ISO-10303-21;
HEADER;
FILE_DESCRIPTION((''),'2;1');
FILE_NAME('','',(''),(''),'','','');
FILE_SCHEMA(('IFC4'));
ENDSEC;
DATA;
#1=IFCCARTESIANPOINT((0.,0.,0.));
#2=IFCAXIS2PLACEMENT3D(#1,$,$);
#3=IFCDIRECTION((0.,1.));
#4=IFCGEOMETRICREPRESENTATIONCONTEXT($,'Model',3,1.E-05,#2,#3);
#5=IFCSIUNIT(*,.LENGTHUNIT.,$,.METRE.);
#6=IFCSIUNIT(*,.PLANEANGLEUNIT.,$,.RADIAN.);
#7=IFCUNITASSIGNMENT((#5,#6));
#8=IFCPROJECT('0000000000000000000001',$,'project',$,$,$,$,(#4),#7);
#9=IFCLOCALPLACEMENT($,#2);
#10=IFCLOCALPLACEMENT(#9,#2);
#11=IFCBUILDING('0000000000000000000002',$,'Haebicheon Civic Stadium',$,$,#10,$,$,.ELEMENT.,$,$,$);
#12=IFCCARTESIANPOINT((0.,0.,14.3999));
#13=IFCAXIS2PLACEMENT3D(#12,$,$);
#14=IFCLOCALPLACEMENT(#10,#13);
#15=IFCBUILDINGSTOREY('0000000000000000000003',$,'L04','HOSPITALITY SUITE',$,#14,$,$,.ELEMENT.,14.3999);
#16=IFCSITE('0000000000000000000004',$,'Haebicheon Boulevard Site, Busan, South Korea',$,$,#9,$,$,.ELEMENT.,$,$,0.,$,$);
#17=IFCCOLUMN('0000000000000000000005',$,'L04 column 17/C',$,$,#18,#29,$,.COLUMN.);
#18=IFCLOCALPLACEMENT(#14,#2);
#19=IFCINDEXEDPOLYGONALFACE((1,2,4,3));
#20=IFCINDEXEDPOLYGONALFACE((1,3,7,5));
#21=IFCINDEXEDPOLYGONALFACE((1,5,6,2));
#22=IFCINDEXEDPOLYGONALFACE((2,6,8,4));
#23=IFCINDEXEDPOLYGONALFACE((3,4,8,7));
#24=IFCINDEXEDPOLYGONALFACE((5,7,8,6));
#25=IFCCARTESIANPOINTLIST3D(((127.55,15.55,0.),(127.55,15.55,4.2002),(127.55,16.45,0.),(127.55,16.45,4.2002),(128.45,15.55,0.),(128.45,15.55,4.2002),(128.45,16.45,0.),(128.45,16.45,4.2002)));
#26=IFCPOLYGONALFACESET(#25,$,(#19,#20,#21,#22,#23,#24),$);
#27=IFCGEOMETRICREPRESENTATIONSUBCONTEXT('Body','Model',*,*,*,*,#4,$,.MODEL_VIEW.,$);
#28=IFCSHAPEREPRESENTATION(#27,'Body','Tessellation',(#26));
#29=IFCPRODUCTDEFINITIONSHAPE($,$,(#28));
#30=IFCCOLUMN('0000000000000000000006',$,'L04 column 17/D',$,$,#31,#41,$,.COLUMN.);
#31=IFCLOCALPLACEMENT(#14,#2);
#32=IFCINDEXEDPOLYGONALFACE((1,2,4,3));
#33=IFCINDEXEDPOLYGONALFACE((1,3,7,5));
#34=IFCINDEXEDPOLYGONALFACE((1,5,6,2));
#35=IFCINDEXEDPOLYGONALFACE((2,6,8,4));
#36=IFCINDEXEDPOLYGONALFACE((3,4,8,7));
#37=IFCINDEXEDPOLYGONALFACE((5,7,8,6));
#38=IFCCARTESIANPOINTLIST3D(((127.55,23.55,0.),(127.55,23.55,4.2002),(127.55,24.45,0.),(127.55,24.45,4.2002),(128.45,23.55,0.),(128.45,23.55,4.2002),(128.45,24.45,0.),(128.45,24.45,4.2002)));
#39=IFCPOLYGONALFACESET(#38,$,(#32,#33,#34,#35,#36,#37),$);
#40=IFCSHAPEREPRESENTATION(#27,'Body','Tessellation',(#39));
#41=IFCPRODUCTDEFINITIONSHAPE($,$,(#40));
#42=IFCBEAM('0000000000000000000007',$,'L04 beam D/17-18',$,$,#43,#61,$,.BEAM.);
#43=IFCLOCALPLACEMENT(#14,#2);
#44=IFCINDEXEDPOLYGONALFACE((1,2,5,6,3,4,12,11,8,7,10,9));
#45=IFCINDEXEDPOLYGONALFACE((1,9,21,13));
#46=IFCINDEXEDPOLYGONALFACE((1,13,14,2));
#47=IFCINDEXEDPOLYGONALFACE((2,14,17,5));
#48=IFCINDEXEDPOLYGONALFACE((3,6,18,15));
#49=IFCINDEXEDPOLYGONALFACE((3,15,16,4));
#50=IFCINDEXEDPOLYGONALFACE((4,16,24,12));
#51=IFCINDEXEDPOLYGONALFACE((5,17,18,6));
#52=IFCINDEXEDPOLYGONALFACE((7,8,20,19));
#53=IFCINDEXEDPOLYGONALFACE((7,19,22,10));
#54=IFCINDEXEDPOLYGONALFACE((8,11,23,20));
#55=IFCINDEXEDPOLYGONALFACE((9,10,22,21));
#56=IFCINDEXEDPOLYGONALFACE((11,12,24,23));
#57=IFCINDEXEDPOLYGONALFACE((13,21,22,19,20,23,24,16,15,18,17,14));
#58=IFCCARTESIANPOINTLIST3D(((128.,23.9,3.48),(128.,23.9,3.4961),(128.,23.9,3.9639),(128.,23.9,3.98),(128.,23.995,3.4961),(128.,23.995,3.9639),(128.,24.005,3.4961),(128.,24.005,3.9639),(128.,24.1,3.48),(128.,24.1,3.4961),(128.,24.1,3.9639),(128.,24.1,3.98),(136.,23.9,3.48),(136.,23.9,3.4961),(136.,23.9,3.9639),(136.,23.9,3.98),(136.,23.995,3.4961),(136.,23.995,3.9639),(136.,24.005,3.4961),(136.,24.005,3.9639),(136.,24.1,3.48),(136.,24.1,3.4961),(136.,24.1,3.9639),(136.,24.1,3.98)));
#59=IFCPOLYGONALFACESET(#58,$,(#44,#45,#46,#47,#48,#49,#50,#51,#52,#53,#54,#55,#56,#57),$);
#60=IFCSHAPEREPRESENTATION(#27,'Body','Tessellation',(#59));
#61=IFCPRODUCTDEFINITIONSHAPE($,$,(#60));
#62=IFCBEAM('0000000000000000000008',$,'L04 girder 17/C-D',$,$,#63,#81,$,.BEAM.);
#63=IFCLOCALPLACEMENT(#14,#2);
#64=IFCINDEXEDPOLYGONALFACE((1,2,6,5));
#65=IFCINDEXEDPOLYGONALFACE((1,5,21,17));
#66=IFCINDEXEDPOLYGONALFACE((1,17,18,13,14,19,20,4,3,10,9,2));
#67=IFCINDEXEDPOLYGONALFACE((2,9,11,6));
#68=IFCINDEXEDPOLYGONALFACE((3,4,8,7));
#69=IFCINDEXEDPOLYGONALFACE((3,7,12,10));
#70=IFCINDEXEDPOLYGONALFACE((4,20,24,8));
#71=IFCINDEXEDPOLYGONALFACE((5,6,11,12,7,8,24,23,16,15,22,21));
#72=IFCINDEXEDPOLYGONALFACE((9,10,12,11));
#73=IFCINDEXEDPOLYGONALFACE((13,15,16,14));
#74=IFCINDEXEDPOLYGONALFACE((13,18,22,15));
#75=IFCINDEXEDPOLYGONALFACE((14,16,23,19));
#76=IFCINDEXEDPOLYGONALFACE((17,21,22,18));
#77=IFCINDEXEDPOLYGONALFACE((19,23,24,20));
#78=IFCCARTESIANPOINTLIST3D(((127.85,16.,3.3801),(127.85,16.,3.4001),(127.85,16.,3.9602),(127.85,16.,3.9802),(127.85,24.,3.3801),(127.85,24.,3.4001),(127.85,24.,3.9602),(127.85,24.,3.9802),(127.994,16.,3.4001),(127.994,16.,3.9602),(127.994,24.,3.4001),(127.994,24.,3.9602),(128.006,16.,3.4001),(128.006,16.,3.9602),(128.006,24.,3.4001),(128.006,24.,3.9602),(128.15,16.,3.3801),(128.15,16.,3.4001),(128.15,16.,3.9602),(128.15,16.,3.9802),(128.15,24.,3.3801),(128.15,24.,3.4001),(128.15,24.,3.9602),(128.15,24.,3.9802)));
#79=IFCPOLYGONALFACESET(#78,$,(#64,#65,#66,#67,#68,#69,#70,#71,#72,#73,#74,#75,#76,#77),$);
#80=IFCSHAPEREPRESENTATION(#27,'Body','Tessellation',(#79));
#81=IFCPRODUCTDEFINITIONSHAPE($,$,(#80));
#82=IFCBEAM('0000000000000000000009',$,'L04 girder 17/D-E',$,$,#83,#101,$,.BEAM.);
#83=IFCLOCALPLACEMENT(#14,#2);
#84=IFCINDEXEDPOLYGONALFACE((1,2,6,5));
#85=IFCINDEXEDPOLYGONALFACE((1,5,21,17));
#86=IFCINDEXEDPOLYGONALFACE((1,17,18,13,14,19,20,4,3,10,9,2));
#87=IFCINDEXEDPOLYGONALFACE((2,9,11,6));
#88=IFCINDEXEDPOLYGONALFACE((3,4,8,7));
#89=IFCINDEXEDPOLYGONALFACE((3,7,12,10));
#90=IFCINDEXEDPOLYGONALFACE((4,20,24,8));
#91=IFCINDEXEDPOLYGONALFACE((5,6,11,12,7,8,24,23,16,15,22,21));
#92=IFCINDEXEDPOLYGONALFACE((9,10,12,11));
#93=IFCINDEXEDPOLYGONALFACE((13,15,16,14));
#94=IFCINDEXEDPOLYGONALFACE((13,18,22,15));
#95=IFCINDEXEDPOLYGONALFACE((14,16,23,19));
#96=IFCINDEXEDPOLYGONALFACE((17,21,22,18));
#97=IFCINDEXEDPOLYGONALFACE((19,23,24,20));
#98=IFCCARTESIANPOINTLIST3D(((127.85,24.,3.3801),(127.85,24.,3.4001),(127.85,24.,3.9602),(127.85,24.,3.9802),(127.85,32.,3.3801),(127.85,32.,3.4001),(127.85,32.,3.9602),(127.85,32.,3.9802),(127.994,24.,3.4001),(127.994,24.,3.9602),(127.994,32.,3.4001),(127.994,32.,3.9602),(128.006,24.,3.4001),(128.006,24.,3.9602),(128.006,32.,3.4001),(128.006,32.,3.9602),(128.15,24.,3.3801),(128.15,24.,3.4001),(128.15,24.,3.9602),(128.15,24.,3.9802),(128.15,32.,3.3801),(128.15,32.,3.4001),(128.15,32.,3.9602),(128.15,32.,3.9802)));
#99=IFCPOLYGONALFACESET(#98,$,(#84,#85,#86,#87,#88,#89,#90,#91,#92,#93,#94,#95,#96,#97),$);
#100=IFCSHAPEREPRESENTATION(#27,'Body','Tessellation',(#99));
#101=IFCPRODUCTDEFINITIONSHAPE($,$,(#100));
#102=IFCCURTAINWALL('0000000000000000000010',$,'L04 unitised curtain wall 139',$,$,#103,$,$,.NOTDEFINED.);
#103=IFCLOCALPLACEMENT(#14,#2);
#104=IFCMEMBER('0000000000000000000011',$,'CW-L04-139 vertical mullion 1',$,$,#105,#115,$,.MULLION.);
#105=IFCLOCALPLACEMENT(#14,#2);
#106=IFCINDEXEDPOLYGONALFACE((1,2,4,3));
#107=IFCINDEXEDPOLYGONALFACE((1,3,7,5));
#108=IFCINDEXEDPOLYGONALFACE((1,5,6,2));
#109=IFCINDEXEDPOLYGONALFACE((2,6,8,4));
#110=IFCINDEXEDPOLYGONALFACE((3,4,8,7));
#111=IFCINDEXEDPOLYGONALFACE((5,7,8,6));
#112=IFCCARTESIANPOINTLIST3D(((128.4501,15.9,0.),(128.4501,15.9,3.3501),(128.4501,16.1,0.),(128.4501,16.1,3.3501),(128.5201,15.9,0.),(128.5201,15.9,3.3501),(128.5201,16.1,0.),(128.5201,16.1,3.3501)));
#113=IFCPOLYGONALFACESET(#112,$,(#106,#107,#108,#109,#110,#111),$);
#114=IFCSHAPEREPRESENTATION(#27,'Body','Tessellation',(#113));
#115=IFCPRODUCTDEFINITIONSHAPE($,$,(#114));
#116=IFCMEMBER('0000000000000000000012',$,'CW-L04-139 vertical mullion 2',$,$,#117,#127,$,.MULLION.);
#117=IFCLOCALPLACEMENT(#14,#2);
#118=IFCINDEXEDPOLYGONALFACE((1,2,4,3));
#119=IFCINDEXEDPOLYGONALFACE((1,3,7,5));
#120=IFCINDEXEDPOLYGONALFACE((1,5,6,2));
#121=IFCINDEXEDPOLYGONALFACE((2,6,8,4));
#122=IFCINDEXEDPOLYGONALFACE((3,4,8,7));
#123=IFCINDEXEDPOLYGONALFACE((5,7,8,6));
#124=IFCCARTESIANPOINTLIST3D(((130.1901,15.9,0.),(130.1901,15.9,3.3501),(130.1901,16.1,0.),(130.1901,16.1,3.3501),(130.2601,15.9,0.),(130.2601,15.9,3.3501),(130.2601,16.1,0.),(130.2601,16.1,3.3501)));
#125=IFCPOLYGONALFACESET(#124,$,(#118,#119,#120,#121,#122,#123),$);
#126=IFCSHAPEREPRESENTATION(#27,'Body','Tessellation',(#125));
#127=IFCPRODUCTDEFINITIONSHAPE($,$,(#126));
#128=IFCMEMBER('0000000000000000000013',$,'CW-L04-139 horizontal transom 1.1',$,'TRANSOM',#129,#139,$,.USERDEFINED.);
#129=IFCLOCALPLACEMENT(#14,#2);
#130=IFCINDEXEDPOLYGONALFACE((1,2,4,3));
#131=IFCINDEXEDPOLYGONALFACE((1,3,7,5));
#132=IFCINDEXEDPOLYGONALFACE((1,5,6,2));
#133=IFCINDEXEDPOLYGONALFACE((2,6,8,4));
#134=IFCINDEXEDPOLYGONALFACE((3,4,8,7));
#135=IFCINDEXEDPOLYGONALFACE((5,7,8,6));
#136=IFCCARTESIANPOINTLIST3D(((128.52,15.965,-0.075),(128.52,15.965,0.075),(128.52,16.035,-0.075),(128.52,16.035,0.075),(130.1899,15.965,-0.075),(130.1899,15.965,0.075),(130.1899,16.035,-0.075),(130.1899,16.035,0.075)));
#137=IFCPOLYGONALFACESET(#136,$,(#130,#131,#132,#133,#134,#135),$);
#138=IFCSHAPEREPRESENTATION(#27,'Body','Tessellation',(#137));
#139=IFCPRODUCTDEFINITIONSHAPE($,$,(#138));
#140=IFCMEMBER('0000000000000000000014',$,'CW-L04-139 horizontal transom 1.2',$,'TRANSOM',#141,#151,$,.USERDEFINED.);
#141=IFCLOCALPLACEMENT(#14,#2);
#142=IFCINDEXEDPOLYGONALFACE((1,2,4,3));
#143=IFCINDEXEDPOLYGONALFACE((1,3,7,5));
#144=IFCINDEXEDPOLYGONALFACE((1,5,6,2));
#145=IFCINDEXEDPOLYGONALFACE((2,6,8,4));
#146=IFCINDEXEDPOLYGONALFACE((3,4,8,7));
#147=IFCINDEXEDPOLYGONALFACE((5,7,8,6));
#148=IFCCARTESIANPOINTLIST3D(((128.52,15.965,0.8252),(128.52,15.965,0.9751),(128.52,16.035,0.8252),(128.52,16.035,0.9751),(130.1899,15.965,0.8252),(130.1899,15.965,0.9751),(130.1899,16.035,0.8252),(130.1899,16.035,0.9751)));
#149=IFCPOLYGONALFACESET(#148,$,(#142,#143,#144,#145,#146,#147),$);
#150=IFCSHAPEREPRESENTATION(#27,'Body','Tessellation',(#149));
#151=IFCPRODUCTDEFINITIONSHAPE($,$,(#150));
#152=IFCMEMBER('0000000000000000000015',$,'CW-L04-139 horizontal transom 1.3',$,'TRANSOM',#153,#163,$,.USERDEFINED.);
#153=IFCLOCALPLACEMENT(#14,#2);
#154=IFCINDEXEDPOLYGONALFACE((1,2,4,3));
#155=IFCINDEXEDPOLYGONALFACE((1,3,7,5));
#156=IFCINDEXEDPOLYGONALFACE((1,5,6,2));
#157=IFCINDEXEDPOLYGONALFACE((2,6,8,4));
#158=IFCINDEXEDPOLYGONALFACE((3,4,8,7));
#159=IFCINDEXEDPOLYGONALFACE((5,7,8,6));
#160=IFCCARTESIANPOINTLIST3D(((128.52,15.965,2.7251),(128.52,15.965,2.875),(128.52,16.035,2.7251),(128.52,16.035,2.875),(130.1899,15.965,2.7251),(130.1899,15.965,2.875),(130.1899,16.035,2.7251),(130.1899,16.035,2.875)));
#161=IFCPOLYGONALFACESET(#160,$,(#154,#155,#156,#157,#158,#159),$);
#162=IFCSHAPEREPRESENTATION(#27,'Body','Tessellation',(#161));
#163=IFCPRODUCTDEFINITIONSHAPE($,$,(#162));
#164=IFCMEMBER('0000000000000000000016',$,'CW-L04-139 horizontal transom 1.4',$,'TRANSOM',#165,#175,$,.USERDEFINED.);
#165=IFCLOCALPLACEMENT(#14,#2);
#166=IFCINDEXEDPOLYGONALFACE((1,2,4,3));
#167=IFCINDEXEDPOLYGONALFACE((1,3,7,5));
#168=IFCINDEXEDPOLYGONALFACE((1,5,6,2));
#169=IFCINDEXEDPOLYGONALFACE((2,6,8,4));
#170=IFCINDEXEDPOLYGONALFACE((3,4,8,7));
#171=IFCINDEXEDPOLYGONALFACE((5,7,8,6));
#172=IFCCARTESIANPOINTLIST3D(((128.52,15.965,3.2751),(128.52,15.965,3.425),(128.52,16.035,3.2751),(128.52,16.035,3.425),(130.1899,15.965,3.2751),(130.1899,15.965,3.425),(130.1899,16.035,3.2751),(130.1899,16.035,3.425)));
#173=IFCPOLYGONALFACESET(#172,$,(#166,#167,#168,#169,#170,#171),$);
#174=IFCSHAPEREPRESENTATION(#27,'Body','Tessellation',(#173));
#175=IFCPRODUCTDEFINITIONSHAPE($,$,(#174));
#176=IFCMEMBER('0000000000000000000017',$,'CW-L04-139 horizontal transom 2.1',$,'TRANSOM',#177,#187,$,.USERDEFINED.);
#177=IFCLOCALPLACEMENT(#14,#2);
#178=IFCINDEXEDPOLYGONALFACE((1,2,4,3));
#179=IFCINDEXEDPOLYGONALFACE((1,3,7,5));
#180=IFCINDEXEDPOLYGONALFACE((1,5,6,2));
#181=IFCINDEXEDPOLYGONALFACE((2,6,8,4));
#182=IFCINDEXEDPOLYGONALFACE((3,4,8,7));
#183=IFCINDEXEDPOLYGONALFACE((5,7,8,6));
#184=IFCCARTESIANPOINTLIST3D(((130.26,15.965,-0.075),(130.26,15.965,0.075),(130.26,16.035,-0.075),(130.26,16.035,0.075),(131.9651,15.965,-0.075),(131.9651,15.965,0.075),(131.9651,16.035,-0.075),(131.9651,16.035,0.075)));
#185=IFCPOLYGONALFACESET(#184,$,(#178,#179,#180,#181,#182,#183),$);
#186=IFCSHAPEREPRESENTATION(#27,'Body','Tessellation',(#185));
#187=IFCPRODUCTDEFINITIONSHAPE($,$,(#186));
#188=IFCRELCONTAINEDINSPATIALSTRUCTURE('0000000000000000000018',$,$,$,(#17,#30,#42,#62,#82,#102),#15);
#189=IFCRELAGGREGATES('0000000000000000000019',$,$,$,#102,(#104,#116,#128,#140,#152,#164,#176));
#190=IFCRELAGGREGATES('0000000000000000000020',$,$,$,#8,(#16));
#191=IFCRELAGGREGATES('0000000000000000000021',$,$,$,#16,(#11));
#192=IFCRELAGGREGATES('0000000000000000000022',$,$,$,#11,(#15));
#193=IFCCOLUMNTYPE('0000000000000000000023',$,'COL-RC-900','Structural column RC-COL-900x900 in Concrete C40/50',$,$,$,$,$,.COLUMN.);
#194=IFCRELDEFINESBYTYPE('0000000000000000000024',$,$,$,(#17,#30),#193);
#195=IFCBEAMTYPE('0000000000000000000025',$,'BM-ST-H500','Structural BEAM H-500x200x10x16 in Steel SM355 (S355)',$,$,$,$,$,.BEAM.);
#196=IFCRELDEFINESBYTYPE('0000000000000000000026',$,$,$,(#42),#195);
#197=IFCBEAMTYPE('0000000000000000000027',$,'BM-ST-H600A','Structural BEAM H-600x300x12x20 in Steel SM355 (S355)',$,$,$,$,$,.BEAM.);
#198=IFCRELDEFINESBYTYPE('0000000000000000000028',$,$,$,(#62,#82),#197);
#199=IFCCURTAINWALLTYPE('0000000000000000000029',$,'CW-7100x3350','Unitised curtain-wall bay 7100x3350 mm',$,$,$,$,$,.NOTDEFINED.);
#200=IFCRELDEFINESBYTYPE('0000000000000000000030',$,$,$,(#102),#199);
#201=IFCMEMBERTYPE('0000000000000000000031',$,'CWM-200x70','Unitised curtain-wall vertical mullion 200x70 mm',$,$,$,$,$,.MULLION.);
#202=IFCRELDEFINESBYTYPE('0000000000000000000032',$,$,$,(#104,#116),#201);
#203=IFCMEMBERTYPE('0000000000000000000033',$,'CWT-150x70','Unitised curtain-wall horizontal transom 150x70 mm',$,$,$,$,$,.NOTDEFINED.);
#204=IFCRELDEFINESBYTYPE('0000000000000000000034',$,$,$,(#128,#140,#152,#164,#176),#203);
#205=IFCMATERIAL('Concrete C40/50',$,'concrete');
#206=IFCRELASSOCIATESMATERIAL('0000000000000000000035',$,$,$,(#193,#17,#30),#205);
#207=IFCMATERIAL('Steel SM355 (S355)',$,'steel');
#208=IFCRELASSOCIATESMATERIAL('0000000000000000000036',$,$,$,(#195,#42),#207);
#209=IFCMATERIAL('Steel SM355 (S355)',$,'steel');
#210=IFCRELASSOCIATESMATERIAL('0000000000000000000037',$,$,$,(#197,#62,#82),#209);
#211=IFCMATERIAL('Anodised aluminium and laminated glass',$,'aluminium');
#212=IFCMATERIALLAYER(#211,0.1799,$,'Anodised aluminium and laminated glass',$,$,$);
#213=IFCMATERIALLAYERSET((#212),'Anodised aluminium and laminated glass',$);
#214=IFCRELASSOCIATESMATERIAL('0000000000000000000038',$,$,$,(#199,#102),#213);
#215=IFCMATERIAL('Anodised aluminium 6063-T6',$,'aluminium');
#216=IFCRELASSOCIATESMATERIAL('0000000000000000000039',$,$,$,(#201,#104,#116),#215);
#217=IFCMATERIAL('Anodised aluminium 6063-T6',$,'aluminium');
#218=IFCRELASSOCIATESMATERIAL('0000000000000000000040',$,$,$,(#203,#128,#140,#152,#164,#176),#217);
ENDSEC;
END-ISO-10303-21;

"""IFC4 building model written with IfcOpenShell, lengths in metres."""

from ifc_helpers import new_model, si_unit, direction, frame, origin, origin_2d, place, context, subcontext, project, spatial, rectangle, i_section, extrude, material, layer, layer_set, material_profile, profile_set, type_object, element, aggregate, save


model = new_model("IFC4")

# Units and contexts
model_context = context("Model", 3, precision=1e-05, world=origin(), true_north=direction((0.0, 1.0)))
body_context = subcontext(model_context, "Body", "Model", "MODEL_VIEW")
ifc_project = project(units=[si_unit("LENGTHUNIT", "METRE"), si_unit("PLANEANGLEUNIT", "RADIAN")], contexts=[model_context])

# Site, building, storey
site_placement = place(None, origin())
site = spatial("IfcSite", under=ifc_project, at=site_placement, Name="Haebicheon Boulevard Site, Busan, South Korea", CompositionType="ELEMENT", RefElevation=0.0)
building_placement = place(site_placement, origin())
building = spatial("IfcBuilding", under=site, at=building_placement, Name="Haebicheon Civic Stadium", CompositionType="ELEMENT")
storey_placement = place(building_placement, frame((0.0, 0.0, 14.3999)))
storey = spatial("IfcBuildingStorey", under=building, at=storey_placement, Name="L04", Description="HOSPITALITY SUITE", CompositionType="ELEMENT", Elevation=14.3999)

# Columns
ifc_material_1 = material(Name="Concrete C40/50", Category="concrete")
ifc_material_profile_1 = material_profile(ifc_material_1, rectangle(XDim=0.8999, YDim=0.8999, at=origin_2d()), Name="RC-COL-900x900")
ifc_profile_set_1 = profile_set([ifc_material_profile_1], Name="Concrete C40/50")
column_type = type_object("IfcColumnType", Name="COL-RC-900", Description="Structural column RC-COL-900x900 in Concrete C40/50", PredefinedType="COLUMN", material=ifc_profile_set_1)
for number, where, z_axis, x_axis, name in (
    (1, (128.0, 16.0, 0.0), (0.0, 0.0, 1.0), (1.0, 0.0, 0.0), "L04 column 17/C"),
    (2, (128.0, 24.0, 0.0), (0.0, 0.0, 1.0), (1.0, 0.0, 0.0), "L04 column 17/D"),
):
    element("IfcColumn", number, at=place(storey_placement, frame(where, z_axis=z_axis, x_axis=x_axis)), inside=storey, type_object=column_type, material=ifc_profile_set_1, Name=name, PredefinedType="COLUMN", context=body_context, shape_type="SweptSolid", body=[
        extrude(rectangle(XDim=0.8999, YDim=0.8999, at=origin_2d()), origin(), (0.0, 0.0, 1.0), 4.2002),
    ])

# Beams
ifc_material_2 = material(Name="Steel SM355 (S355)", Category="steel")
ifc_material_profile_2 = material_profile(ifc_material_2, i_section(OverallWidth=0.2, OverallDepth=0.5, WebThickness=0.01, FlangeThickness=0.0161, at=origin_2d()), Name="H-500x200x10x16")
ifc_profile_set_2 = profile_set([ifc_material_profile_2], Name="Steel SM355 (S355)")
beam_type_1 = type_object("IfcBeamType", Name="BM-ST-H500", Description="Structural BEAM H-500x200x10x16 in Steel SM355 (S355)", PredefinedType="BEAM", material=ifc_profile_set_2)
beam_1_placement = place(storey_placement, frame((128.0, 24.0, 3.73), z_axis=(1.0, 0.0, 0.0), x_axis=(0.0, 1.0, 0.0)))
element("IfcBeam", 3, at=beam_1_placement, inside=storey, type_object=beam_type_1, material=ifc_profile_set_2, Name="L04 beam D/17-18", PredefinedType="BEAM", context=body_context, shape_type="SweptSolid", body=[
    extrude(i_section(OverallWidth=0.2, OverallDepth=0.5, WebThickness=0.01, FlangeThickness=0.0161, at=origin_2d()), origin(), (0.0, 0.0, 1.0), 8.0),
])
ifc_material_3 = material(Name="Steel SM355 (S355)", Category="steel")
ifc_material_profile_3 = material_profile(ifc_material_3, i_section(OverallWidth=0.3, OverallDepth=0.6001, WebThickness=0.012, FlangeThickness=0.02, at=origin_2d()), Name="H-600x300x12x20")
ifc_profile_set_3 = profile_set([ifc_material_profile_3], Name="Steel SM355 (S355)")
beam_type_2 = type_object("IfcBeamType", Name="BM-ST-H600A", Description="Structural BEAM H-600x300x12x20 in Steel SM355 (S355)", PredefinedType="BEAM", material=ifc_profile_set_3)
for number, where, z_axis, x_axis, name in (
    (4, (128.0, 16.0, 3.6802), (0.0, 1.0, 0.0), (-1.0, 0.0, 0.0), "L04 girder 17/C-D"),
    (5, (128.0, 24.0, 3.6802), (0.0, 1.0, 0.0), (-1.0, 0.0, 0.0), "L04 girder 17/D-E"),
):
    element("IfcBeam", number, at=place(storey_placement, frame(where, z_axis=z_axis, x_axis=x_axis)), inside=storey, type_object=beam_type_2, material=ifc_profile_set_3, Name=name, PredefinedType="BEAM", context=body_context, shape_type="SweptSolid", body=[
        extrude(i_section(OverallWidth=0.3, OverallDepth=0.6001, WebThickness=0.012, FlangeThickness=0.02, at=origin_2d()), origin(), (0.0, 0.0, 1.0), 8.0),
    ])

# Curtain wall, members
ifc_material_4 = material(Name="Anodised aluminium and laminated glass", Category="aluminium")
ifc_layer_1 = layer(ifc_material_4, 0.1799, Name="Anodised aluminium and laminated glass")
ifc_layer_set_1 = layer_set([ifc_layer_1], Name="Anodised aluminium and laminated glass")
curtain_wall_type = type_object("IfcCurtainWallType", Name="CW-7100x3350", Description="Unitised curtain-wall bay 7100x3350 mm", PredefinedType="NOTDEFINED", material=ifc_layer_set_1)
curtain_wall_placement = place(storey_placement, origin())
curtain_wall = element("IfcCurtainWall", 6, at=curtain_wall_placement, inside=storey, type_object=curtain_wall_type, material=ifc_layer_set_1, Name="L04 unitised curtain wall 139", PredefinedType="NOTDEFINED")
ifc_material_5 = material(Name="Anodised aluminium 6063-T6", Category="aluminium")
ifc_material_profile_4 = material_profile(ifc_material_5, rectangle(XDim=0.0701, YDim=0.2, at=origin_2d()), Name="ALU-MULL-70x200")
ifc_profile_set_4 = profile_set([ifc_material_profile_4], Name="Anodised aluminium 6063-T6")
member_type_1 = type_object("IfcMemberType", Name="CWM-200x70", Description="Unitised curtain-wall vertical mullion 200x70 mm", PredefinedType="MULLION", material=ifc_profile_set_4)
member_1_placement = place(storey_placement, frame((128.4851, 16.0, 0.0), z_axis=(0.0, 0.0, 1.0), x_axis=(1.0, 0.0, 0.0)))
member_1 = element("IfcMember", 7, at=member_1_placement, type_object=member_type_1, material=ifc_profile_set_4, Name="CW-L04-139 vertical mullion 1", PredefinedType="MULLION", context=body_context, shape_type="SweptSolid", body=[
    extrude(rectangle(XDim=0.0701, YDim=0.2, at=origin_2d()), origin(), (0.0, 0.0, 1.0), 3.3501),
])
member_2_placement = place(storey_placement, frame((130.2251, 16.0, 0.0), z_axis=(0.0, 0.0, 1.0), x_axis=(1.0, 0.0, 0.0)))
member_2 = element("IfcMember", 8, at=member_2_placement, type_object=member_type_1, material=ifc_profile_set_4, Name="CW-L04-139 vertical mullion 2", PredefinedType="MULLION", context=body_context, shape_type="SweptSolid", body=[
    extrude(rectangle(XDim=0.0701, YDim=0.2, at=origin_2d()), origin(), (0.0, 0.0, 1.0), 3.3501),
])
ifc_material_6 = material(Name="Anodised aluminium 6063-T6", Category="aluminium")
ifc_material_profile_5 = material_profile(ifc_material_6, rectangle(XDim=0.0701, YDim=0.1499, at=origin_2d()), Name="ALU-TRAN-70x150")
ifc_profile_set_5 = profile_set([ifc_material_profile_5], Name="Anodised aluminium 6063-T6")
member_type_2 = type_object("IfcMemberType", Name="CWT-150x70", Description="Unitised curtain-wall horizontal transom 150x70 mm", PredefinedType="NOTDEFINED", material=ifc_profile_set_5)
member_3_placement = place(storey_placement, frame((128.52, 16.0, 0.0), z_axis=(1.0, 0.0, 0.0), x_axis=(0.0, 1.0, 0.0)))
member_3 = element("IfcMember", 9, at=member_3_placement, type_object=member_type_2, material=ifc_profile_set_5, Name="CW-L04-139 horizontal transom 1.1", ObjectType="TRANSOM", PredefinedType="USERDEFINED", context=body_context, shape_type="SweptSolid", body=[
    extrude(rectangle(XDim=0.0701, YDim=0.1499, at=origin_2d()), origin(), (0.0, 0.0, 1.0), 1.6699),
])
member_4_placement = place(storey_placement, frame((128.52, 16.0, 0.9001), z_axis=(1.0, 0.0, 0.0), x_axis=(0.0, 1.0, 0.0)))
member_4 = element("IfcMember", 10, at=member_4_placement, type_object=member_type_2, material=ifc_profile_set_5, Name="CW-L04-139 horizontal transom 1.2", ObjectType="TRANSOM", PredefinedType="USERDEFINED", context=body_context, shape_type="SweptSolid", body=[
    extrude(rectangle(XDim=0.0701, YDim=0.1499, at=origin_2d()), origin(), (0.0, 0.0, 1.0), 1.6699),
])
member_5_placement = place(storey_placement, frame((128.52, 16.0, 2.8), z_axis=(1.0, 0.0, 0.0), x_axis=(0.0, 1.0, 0.0)))
member_5 = element("IfcMember", 11, at=member_5_placement, type_object=member_type_2, material=ifc_profile_set_5, Name="CW-L04-139 horizontal transom 1.3", ObjectType="TRANSOM", PredefinedType="USERDEFINED", context=body_context, shape_type="SweptSolid", body=[
    extrude(rectangle(XDim=0.0701, YDim=0.1499, at=origin_2d()), origin(), (0.0, 0.0, 1.0), 1.6699),
])
member_6_placement = place(storey_placement, frame((128.52, 16.0, 3.3501), z_axis=(1.0, 0.0, 0.0), x_axis=(0.0, 1.0, 0.0)))
member_6 = element("IfcMember", 12, at=member_6_placement, type_object=member_type_2, material=ifc_profile_set_5, Name="CW-L04-139 horizontal transom 1.4", ObjectType="TRANSOM", PredefinedType="USERDEFINED", context=body_context, shape_type="SweptSolid", body=[
    extrude(rectangle(XDim=0.0701, YDim=0.1499, at=origin_2d()), origin(), (0.0, 0.0, 1.0), 1.6699),
])
member_7_placement = place(storey_placement, frame((130.26, 16.0, 0.0), z_axis=(1.0, 0.0, 0.0), x_axis=(0.0, 1.0, 0.0)))
member_7 = element("IfcMember", 13, at=member_7_placement, type_object=member_type_2, material=ifc_profile_set_5, Name="CW-L04-139 horizontal transom 2.1", ObjectType="TRANSOM", PredefinedType="USERDEFINED", context=body_context, shape_type="SweptSolid", body=[
    extrude(rectangle(XDim=0.0701, YDim=0.1499, at=origin_2d()), origin(), (0.0, 0.0, 1.0), 1.7051),
])

aggregate(curtain_wall, [member_1, member_2, member_3, member_4, member_5, member_6, member_7])

save(model, "model.ifc")
